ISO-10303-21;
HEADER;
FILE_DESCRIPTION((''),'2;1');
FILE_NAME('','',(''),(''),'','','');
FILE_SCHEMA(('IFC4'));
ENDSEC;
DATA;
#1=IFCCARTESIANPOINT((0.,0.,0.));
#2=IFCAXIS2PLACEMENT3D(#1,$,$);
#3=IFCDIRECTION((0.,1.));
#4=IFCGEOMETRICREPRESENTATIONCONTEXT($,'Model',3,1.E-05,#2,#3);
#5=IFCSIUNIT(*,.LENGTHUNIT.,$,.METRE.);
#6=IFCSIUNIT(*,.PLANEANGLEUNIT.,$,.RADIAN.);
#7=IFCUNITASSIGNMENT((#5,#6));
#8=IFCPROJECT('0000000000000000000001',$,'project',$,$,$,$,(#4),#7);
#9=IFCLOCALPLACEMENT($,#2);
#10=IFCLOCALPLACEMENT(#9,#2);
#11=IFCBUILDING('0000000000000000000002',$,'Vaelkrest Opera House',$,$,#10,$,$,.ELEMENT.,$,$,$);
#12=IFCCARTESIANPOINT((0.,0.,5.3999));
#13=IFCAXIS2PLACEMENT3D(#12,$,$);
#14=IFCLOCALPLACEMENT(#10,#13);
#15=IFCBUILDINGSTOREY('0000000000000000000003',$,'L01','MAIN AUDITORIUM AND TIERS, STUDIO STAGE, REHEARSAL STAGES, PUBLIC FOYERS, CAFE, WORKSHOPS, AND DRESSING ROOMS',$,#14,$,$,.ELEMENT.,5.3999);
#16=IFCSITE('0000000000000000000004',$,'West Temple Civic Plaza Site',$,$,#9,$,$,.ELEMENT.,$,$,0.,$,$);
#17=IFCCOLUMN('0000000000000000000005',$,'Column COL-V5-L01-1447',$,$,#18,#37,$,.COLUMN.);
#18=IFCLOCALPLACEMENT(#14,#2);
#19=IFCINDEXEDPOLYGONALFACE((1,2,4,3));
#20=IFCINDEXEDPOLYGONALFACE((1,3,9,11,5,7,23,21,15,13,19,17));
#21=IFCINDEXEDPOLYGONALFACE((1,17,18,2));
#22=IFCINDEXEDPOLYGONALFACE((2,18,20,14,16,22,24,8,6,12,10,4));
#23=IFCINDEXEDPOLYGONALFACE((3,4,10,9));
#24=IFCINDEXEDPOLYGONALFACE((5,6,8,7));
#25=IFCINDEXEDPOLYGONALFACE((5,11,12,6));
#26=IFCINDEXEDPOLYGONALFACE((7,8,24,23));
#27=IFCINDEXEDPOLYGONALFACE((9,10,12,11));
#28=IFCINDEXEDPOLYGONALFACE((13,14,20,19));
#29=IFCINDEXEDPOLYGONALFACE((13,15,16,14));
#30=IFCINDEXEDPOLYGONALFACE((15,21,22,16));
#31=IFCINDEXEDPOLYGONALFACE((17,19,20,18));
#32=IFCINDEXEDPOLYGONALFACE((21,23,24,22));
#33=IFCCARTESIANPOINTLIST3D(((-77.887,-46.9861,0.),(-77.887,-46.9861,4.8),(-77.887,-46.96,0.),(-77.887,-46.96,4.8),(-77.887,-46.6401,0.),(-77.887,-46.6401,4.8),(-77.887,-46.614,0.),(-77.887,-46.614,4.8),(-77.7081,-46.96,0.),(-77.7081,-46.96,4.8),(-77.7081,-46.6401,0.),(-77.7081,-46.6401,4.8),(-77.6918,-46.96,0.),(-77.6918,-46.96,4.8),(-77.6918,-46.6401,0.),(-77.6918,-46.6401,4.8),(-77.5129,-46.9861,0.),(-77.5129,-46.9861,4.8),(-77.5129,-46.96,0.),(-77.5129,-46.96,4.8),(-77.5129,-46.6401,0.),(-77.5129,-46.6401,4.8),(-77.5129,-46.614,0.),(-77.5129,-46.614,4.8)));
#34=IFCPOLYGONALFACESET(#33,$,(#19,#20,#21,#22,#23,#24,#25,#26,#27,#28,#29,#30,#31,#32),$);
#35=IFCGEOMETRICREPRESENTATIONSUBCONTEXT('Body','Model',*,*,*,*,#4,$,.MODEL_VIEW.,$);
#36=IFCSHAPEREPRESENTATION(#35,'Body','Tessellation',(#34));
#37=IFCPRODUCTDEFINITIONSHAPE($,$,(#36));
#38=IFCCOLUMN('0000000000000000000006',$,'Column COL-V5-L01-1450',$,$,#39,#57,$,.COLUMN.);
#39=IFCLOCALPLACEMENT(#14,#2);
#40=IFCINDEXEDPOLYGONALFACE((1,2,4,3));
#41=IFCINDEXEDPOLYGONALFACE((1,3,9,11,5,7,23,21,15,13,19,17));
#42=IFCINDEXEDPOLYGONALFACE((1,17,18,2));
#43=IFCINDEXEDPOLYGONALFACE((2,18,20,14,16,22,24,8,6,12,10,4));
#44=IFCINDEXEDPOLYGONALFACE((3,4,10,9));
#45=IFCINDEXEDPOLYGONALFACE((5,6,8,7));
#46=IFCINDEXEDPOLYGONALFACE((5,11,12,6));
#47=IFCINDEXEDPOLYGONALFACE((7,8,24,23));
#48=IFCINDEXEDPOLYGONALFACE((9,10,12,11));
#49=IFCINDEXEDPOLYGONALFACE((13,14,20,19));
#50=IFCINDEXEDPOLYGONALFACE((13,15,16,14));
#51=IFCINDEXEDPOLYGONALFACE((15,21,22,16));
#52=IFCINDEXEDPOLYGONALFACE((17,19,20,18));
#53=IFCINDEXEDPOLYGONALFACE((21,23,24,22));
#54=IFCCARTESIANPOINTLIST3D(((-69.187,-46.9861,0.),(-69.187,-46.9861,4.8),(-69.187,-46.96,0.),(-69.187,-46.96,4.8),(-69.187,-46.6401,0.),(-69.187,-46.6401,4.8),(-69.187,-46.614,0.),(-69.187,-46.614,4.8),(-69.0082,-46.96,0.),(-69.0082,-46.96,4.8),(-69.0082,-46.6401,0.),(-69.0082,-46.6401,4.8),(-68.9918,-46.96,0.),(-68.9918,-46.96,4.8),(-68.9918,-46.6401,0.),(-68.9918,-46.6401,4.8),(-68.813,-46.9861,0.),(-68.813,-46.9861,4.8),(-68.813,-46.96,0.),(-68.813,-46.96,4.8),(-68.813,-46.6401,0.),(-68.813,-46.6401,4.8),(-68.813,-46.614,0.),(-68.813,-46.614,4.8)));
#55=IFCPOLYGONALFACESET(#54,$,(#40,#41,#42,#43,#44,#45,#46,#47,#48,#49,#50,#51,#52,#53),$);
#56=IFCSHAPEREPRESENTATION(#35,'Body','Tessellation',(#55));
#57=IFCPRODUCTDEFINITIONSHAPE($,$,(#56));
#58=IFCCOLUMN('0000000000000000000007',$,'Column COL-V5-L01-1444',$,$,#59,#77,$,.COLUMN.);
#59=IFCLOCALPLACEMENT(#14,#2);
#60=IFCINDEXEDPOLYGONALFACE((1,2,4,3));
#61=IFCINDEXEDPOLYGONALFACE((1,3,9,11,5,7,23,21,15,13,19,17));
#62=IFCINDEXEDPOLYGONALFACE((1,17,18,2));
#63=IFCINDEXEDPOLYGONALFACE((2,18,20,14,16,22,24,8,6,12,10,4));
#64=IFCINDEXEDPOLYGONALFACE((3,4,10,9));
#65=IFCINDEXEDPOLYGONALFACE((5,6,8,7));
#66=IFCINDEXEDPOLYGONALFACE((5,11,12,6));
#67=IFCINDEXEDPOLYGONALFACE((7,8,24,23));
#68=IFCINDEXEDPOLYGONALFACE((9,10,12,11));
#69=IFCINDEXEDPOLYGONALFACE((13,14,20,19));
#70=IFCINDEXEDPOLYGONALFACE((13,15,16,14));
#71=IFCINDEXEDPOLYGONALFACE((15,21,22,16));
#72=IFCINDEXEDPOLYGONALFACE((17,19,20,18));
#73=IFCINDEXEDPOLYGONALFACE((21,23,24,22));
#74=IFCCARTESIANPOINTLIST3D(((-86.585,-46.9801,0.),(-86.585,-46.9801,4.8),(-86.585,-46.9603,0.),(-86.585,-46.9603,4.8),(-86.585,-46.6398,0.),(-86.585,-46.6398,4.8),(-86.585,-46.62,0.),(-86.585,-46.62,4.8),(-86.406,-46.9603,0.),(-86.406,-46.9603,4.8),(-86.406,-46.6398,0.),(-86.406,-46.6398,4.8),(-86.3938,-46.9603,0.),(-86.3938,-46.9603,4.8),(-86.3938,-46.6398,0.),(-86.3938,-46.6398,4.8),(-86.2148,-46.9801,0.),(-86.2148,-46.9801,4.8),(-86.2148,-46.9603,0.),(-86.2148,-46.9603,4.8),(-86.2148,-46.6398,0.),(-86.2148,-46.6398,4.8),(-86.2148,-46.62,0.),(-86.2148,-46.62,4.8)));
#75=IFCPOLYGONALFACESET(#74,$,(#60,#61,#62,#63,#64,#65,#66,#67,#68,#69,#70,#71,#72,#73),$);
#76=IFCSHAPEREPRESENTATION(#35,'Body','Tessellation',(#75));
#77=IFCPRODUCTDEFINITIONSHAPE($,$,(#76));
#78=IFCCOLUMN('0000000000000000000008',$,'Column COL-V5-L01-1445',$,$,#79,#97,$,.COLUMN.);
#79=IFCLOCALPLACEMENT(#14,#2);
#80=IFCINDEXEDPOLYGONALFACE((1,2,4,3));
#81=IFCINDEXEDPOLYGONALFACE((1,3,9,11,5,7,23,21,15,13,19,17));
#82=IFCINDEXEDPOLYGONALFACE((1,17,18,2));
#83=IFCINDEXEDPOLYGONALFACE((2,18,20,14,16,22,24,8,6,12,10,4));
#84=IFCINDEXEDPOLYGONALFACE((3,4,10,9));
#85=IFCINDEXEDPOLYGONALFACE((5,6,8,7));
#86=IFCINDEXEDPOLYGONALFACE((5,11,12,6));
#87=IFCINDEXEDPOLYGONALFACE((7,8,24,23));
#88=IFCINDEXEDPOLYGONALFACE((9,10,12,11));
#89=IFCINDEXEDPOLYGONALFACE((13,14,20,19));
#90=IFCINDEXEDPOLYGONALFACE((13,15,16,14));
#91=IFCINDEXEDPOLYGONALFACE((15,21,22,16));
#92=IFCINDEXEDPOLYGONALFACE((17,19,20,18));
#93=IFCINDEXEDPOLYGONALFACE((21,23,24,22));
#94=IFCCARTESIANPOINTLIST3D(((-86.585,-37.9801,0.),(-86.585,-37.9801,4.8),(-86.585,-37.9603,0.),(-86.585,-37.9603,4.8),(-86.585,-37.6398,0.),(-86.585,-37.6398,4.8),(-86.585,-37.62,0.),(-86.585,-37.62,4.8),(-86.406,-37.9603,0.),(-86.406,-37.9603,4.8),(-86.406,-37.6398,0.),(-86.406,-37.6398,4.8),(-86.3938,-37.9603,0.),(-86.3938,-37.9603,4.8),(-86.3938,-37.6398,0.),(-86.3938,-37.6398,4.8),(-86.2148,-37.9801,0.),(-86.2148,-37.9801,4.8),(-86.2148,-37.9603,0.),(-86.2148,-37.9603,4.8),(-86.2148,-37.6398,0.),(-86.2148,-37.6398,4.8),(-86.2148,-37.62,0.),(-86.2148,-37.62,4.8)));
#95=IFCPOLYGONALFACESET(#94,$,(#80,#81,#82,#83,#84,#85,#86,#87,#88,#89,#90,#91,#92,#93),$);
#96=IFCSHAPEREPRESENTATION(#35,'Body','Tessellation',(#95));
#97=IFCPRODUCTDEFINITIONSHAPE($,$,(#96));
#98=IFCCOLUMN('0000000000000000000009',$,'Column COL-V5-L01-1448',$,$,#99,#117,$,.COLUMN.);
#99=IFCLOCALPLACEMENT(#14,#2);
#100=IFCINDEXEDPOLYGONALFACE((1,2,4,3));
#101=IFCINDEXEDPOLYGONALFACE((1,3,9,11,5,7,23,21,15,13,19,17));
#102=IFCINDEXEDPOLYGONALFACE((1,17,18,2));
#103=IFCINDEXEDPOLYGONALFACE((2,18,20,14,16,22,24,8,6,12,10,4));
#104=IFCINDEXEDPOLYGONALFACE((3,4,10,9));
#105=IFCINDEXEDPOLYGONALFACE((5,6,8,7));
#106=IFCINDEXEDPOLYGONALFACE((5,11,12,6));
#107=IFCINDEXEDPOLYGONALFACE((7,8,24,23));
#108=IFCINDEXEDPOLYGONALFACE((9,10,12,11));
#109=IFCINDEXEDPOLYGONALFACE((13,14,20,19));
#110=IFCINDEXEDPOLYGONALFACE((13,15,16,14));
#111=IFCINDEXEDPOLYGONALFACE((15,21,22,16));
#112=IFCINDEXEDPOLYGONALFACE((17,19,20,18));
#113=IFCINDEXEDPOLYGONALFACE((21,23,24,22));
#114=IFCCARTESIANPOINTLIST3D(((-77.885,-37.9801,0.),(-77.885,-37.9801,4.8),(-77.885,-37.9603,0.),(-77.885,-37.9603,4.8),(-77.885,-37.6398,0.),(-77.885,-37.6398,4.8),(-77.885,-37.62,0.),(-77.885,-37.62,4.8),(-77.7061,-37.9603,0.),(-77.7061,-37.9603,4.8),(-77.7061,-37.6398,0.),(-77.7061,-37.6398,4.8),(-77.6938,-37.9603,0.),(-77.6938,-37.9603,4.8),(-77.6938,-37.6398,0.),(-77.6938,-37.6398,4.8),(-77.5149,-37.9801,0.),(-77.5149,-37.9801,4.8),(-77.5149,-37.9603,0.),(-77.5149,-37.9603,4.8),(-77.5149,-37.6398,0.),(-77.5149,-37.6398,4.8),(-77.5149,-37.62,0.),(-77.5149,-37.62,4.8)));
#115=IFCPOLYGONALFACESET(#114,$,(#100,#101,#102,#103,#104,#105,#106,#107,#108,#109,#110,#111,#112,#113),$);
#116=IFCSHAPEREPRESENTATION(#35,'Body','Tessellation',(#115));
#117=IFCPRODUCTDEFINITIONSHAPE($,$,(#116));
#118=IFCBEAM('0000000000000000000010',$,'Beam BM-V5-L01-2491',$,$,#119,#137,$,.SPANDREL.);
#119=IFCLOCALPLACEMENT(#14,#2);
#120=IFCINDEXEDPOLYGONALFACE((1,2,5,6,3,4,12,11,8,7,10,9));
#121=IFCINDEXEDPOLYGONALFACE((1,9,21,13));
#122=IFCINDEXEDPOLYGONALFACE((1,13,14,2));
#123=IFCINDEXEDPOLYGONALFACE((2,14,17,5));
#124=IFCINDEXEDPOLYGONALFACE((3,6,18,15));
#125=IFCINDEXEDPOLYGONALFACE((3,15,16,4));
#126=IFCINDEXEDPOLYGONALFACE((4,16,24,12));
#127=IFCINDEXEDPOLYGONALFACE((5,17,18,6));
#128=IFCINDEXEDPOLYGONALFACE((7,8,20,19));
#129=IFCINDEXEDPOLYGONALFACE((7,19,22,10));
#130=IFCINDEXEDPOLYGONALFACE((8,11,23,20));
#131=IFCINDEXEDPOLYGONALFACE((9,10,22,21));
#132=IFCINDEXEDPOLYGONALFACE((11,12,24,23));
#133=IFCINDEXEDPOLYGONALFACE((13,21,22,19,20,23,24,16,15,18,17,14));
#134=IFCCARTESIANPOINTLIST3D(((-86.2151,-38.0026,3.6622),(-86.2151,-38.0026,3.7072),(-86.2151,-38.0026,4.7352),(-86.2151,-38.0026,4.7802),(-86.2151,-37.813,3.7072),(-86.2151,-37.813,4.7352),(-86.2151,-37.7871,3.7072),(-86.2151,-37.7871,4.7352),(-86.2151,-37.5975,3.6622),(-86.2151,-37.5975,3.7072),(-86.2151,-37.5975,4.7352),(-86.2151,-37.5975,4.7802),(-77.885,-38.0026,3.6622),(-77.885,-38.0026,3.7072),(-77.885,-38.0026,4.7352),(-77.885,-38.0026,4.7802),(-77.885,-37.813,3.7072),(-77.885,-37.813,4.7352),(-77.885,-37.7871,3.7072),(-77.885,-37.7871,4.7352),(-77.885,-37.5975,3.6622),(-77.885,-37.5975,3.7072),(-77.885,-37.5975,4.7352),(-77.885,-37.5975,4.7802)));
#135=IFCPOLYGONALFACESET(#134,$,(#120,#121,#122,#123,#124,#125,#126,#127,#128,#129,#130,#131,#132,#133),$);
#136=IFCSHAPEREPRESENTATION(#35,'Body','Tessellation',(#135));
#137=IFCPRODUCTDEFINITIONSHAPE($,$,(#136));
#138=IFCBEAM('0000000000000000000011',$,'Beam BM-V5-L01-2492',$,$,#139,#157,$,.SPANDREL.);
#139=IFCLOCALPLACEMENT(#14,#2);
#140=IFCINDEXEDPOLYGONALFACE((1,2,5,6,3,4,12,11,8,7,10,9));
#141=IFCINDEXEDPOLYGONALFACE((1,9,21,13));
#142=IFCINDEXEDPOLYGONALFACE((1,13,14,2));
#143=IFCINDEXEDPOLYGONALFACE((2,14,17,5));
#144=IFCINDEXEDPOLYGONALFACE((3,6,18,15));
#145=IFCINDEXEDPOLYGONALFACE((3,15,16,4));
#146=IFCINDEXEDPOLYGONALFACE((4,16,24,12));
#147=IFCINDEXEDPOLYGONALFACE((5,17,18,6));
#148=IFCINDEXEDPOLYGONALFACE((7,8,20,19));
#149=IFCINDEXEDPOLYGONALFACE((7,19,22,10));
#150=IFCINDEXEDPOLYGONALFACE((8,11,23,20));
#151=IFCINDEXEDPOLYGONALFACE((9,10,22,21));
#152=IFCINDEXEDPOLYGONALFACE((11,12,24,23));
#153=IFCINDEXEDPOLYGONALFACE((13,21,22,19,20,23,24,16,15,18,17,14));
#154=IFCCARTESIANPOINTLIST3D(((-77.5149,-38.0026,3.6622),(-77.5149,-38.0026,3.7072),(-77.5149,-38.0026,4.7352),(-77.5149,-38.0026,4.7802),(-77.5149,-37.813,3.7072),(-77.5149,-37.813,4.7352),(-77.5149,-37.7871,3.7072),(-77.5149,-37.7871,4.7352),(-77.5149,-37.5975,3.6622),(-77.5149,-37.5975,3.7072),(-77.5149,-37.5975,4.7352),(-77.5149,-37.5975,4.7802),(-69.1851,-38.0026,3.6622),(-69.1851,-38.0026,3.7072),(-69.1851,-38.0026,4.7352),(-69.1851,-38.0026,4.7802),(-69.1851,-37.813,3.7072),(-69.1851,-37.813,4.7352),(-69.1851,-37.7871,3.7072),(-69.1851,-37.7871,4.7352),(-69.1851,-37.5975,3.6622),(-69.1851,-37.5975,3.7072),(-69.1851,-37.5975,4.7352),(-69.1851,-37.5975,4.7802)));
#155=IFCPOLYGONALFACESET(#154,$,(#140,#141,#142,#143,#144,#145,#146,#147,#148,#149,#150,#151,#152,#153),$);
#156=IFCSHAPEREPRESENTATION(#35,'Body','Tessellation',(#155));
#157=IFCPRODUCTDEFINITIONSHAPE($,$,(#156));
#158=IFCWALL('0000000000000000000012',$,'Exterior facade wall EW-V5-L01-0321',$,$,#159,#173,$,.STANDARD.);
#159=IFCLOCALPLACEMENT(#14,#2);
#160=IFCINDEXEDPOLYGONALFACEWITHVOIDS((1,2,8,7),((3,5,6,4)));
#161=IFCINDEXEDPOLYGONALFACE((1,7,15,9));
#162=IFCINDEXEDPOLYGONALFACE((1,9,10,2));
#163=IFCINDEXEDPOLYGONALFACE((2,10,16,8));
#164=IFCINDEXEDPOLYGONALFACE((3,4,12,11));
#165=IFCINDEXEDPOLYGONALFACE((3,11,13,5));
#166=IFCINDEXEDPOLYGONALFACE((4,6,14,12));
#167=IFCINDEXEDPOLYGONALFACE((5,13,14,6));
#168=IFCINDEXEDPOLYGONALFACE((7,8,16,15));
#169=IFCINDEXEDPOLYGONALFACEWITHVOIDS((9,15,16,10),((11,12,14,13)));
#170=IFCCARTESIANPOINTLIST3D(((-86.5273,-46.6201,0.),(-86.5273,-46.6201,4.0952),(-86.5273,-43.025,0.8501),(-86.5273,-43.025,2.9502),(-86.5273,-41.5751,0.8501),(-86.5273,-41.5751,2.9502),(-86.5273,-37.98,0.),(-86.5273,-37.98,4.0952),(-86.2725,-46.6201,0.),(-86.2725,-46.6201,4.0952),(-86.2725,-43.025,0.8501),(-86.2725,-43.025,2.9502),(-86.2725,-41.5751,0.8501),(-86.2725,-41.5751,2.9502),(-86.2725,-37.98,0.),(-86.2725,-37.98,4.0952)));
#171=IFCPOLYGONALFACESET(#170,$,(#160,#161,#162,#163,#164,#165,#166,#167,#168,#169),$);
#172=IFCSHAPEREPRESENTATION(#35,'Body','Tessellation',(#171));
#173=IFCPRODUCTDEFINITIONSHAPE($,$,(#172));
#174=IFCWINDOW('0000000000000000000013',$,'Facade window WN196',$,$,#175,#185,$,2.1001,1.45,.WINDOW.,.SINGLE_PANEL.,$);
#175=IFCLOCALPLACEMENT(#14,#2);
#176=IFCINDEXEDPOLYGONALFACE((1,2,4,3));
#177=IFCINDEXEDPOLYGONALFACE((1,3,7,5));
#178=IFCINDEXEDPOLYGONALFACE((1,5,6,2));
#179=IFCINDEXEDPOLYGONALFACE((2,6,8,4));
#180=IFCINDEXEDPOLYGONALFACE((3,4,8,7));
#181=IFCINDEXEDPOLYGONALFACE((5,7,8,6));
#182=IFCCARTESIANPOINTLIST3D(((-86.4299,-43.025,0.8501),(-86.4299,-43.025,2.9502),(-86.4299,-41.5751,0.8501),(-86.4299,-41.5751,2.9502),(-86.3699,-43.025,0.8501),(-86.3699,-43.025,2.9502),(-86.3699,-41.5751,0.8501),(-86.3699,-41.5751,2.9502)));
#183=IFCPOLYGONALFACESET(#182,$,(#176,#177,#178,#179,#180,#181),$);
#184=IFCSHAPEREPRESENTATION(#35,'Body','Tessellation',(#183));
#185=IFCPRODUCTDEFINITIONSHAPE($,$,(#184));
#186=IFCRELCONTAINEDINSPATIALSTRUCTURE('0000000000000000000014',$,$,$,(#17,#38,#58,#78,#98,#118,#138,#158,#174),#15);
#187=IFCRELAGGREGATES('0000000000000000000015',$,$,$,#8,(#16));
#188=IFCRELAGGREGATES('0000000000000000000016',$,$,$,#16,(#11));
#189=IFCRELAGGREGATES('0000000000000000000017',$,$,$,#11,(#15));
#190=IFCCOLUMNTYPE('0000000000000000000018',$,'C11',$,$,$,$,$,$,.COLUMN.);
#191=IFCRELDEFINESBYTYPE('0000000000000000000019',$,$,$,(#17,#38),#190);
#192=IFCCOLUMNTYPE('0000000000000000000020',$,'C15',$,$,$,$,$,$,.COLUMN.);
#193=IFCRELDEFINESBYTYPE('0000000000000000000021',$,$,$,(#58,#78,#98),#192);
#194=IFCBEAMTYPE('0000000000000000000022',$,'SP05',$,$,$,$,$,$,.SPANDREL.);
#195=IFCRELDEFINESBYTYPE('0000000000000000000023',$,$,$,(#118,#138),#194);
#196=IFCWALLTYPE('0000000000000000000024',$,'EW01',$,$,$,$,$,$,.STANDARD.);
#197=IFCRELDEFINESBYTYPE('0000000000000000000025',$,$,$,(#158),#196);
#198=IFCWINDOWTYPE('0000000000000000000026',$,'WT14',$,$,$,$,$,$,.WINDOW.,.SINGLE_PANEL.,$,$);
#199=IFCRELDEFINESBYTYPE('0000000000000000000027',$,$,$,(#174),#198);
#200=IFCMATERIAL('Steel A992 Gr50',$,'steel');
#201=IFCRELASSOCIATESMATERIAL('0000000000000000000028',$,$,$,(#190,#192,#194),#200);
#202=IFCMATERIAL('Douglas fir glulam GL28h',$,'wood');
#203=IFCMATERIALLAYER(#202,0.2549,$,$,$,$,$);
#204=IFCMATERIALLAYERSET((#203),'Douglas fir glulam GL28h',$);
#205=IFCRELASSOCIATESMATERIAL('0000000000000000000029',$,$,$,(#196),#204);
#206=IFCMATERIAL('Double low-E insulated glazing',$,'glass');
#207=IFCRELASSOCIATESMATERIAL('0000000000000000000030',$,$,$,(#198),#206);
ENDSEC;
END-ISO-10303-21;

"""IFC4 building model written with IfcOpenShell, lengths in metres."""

from ifc_helpers import new_model, si_unit, direction, frame, frame_2d, origin, origin_2d, place, context, subcontext, project, spatial, rectangle, i_section, extrude, material, layer, layer_set, material_profile, profile_set, type_object, element, fill, save


model = new_model("IFC4")

# Units and contexts
model_context = context("Model", 3, precision=1e-05, world=origin(), true_north=direction((0.0, 1.0)))
body_context = subcontext(model_context, "Body", "Model", "MODEL_VIEW")
ifc_project = project(units=[si_unit("LENGTHUNIT", "METRE"), si_unit("PLANEANGLEUNIT", "RADIAN")], contexts=[model_context])

# Site, building, storey
site_placement = place(None, origin())
site = spatial("IfcSite", under=ifc_project, at=site_placement, Name="West Temple Civic Plaza Site", CompositionType="ELEMENT", RefElevation=0.0)
building_placement = place(site_placement, origin())
building = spatial("IfcBuilding", under=site, at=building_placement, Name="Vaelkrest Opera House", CompositionType="ELEMENT")
storey_placement = place(building_placement, frame((0.0, 0.0, 5.3999)))
storey = spatial("IfcBuildingStorey", under=building, at=storey_placement, Name="L01", Description="MAIN AUDITORIUM AND TIERS, STUDIO STAGE, REHEARSAL STAGES, PUBLIC FOYERS, CAFE, WORKSHOPS, AND DRESSING ROOMS", CompositionType="ELEMENT", Elevation=5.3999)

# Columns
ifc_material_1 = material(Name="Steel A992 Gr50", Category="steel")
ifc_material_profile_1 = material_profile(ifc_material_1, i_section(OverallWidth=0.374, OverallDepth=0.3721, WebThickness=0.0164, FlangeThickness=0.0261, at=origin_2d()), Name="W14X132")
ifc_profile_set_1 = profile_set([ifc_material_profile_1], Name="Steel A992 Gr50")
column_type_1 = type_object("IfcColumnType", Name="C11", PredefinedType="COLUMN", material=ifc_profile_set_1)
for number, where, z_axis, x_axis, name in (
    (1, (-77.7, -46.8, 0.0), (0.0, 0.0, 1.0), (1.0, 0.0, 0.0), "Column COL-V5-L01-1447"),
    (2, (-69.0, -46.8, 0.0), (0.0, 0.0, 1.0), (1.0, 0.0, 0.0), "Column COL-V5-L01-1450"),
):
    element("IfcColumn", number, at=place(storey_placement, frame(where, z_axis=z_axis, x_axis=x_axis)), inside=storey, type_object=column_type_1, Name=name, PredefinedType="COLUMN", context=body_context, shape_type="SweptSolid", body=[
        extrude(i_section(OverallWidth=0.374, OverallDepth=0.3721, WebThickness=0.0164, FlangeThickness=0.0261, at=origin_2d()), origin(), (0.0, 0.0, 1.0), 4.8),
    ])
ifc_material_profile_2 = material_profile(ifc_material_1, i_section(OverallWidth=0.3701, OverallDepth=0.3601, WebThickness=0.0122, FlangeThickness=0.0198, at=origin_2d()), Name="W14X99")
ifc_profile_set_2 = profile_set([ifc_material_profile_2], Name="Steel A992 Gr50")
column_type_2 = type_object("IfcColumnType", Name="C15", PredefinedType="COLUMN", material=ifc_profile_set_2)
for number, where, z_axis, x_axis, name in (
    (3, (-86.3999, -46.8, 0.0), (0.0, 0.0, 1.0), (1.0, 0.0, 0.0), "Column COL-V5-L01-1444"),
    (4, (-86.3999, -37.8, 0.0), (0.0, 0.0, 1.0), (1.0, 0.0, 0.0), "Column COL-V5-L01-1445"),
    (5, (-77.7, -37.8, 0.0), (0.0, 0.0, 1.0), (1.0, 0.0, 0.0), "Column COL-V5-L01-1448"),
):
    element("IfcColumn", number, at=place(storey_placement, frame(where, z_axis=z_axis, x_axis=x_axis)), inside=storey, type_object=column_type_2, Name=name, PredefinedType="COLUMN", context=body_context, shape_type="SweptSolid", body=[
        extrude(i_section(OverallWidth=0.3701, OverallDepth=0.3601, WebThickness=0.0122, FlangeThickness=0.0198, at=origin_2d()), origin(), (0.0, 0.0, 1.0), 4.8),
    ])

# Beams
ifc_material_profile_3 = material_profile(ifc_material_1, i_section(OverallWidth=0.405, OverallDepth=1.1179, WebThickness=0.0259, FlangeThickness=0.0449, at=origin_2d()), Name="W44X335")
ifc_profile_set_3 = profile_set([ifc_material_profile_3], Name="Steel A992 Gr50")
beam_type = type_object("IfcBeamType", Name="SP05", PredefinedType="SPANDREL", material=ifc_profile_set_3)
beam_1_placement = place(storey_placement, frame((-86.2151, -37.8, 4.2212), z_axis=(1.0, 0.0, 0.0), x_axis=(0.0, 1.0, 0.0)))
element("IfcBeam", 6, at=beam_1_placement, inside=storey, type_object=beam_type, Name="Beam BM-V5-L01-2491", PredefinedType="SPANDREL", context=body_context, shape_type="SweptSolid", body=[
    extrude(i_section(OverallWidth=0.405, OverallDepth=1.1179, WebThickness=0.0259, FlangeThickness=0.0449, at=origin_2d()), origin(), (0.0, 0.0, 1.0), 8.3301),
])
beam_2_placement = place(storey_placement, frame((-77.5149, -37.8, 4.2212), z_axis=(1.0, 0.0, 0.0), x_axis=(0.0, 1.0, 0.0)))
element("IfcBeam", 7, at=beam_2_placement, inside=storey, type_object=beam_type, Name="Beam BM-V5-L01-2492", PredefinedType="SPANDREL", context=body_context, shape_type="SweptSolid", body=[
    extrude(i_section(OverallWidth=0.405, OverallDepth=1.1179, WebThickness=0.0259, FlangeThickness=0.0449, at=origin_2d()), origin(), (0.0, 0.0, 1.0), 8.3298),
])

# Wall, opening, window
ifc_material_2 = material(Name="Douglas fir glulam GL28h", Category="wood")
ifc_layer_1 = layer(ifc_material_2, 0.2549)
ifc_layer_set_1 = layer_set([ifc_layer_1], Name="Douglas fir glulam GL28h")
wall_type_1 = type_object("IfcWallType", Name="EW01", PredefinedType="STANDARD", material=ifc_layer_set_1)
wall_1_placement = place(storey_placement, frame((-86.3999, -46.6201, 0.0), z_axis=(0.0, 0.0, 1.0), x_axis=(0.0, 1.0, 0.0)))
wall_1 = element("IfcWall", 8, at=wall_1_placement, inside=storey, type_object=wall_type_1, Name="Exterior facade wall EW-V5-L01-0321", PredefinedType="STANDARD", context=body_context, shape_type="SweptSolid", body=[
    extrude(rectangle(XDim=8.6401, YDim=0.2549, at=frame_2d((4.3201, 0.0))), origin(), (0.0, 0.0, 1.0), 4.0952),
])
opening_1_placement = place(wall_1_placement, frame((3.595, 0.0, 0.8501)))
opening_1 = element("IfcOpeningElement", 9, at=opening_1_placement, cuts=wall_1, PredefinedType="OPENING", context=body_context, shape_type="SweptSolid", body=[
    extrude(rectangle(XDim=1.45, YDim=2.1001, at=frame_2d((0.7251, 1.05))), frame((0.0, 0.1375, 0.0), z_axis=(0.0, -1.0, 0.0), x_axis=(1.0, 0.0, 0.0)), (0.0, 0.0, 1.0), 0.2749),
])
ifc_material_3 = material(Name="Double low-E insulated glazing", Category="glass")
window_type_1 = type_object("IfcWindowType", Name="WT14", PartitioningType="SINGLE_PANEL", PredefinedType="WINDOW", material=ifc_material_3)
window_1_placement = place(opening_1_placement, origin())
window_1 = element("IfcWindow", 10, at=window_1_placement, inside=storey, type_object=window_type_1, Name="Facade window WN196", OverallHeight=2.1001, OverallWidth=1.45, PartitioningType="SINGLE_PANEL", PredefinedType="WINDOW", context=body_context, shape_type="SweptSolid", body=[
    extrude(rectangle(XDim=1.45, YDim=2.1001, at=frame_2d((0.7251, 1.05))), frame((0.0, 0.03, 0.0), z_axis=(0.0, -1.0, 0.0), x_axis=(1.0, 0.0, 0.0)), (0.0, 0.0, 1.0), 0.0601),
])
fill(opening_1, window_1)

save(model, "model.ifc")
